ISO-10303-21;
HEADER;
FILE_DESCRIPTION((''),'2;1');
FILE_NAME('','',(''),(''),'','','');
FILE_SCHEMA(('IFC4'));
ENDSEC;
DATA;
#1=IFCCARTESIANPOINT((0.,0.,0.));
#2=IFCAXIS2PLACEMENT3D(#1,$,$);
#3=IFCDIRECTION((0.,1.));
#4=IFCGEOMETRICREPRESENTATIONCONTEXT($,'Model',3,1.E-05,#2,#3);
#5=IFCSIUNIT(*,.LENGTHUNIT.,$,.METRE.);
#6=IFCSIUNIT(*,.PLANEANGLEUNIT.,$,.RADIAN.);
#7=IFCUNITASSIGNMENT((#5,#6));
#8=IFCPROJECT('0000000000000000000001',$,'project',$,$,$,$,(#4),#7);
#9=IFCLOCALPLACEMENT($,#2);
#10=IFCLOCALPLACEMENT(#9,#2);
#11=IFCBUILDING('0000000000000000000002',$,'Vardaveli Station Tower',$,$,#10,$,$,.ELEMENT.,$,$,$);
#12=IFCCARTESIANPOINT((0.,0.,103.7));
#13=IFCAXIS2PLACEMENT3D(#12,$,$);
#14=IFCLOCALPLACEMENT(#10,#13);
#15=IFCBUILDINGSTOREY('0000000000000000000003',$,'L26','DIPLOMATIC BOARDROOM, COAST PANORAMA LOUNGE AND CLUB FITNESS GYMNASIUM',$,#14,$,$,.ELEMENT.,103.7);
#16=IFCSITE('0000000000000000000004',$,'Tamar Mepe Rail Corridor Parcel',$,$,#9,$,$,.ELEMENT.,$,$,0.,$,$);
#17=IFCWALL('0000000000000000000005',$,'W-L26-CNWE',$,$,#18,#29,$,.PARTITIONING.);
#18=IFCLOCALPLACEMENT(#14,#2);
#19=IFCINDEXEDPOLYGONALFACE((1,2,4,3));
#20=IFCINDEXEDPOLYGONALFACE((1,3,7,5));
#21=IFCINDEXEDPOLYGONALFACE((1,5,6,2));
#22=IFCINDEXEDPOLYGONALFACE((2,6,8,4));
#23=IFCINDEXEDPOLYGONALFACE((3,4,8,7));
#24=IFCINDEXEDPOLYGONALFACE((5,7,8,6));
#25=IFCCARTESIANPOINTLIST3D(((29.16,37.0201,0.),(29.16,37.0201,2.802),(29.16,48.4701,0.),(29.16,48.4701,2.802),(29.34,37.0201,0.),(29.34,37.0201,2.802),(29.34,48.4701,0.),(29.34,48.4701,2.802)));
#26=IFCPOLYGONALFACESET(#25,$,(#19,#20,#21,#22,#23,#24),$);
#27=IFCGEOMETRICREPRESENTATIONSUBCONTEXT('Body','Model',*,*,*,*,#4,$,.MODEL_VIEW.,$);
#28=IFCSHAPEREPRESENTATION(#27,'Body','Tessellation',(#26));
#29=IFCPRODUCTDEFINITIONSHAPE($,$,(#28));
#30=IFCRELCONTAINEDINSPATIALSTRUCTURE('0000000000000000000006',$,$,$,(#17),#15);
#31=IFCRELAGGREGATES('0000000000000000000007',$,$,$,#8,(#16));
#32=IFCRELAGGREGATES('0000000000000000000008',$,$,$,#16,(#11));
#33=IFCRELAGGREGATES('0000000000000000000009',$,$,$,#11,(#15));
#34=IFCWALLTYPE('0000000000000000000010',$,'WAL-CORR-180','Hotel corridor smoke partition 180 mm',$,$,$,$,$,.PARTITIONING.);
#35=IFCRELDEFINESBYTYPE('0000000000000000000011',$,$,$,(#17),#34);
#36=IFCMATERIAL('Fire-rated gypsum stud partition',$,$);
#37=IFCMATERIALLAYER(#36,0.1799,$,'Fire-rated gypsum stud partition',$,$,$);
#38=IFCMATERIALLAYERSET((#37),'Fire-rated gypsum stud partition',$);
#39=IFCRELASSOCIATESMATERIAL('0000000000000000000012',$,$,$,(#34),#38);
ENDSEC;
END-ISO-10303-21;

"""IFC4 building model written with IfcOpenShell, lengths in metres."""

from ifc_helpers import new_model, si_unit, direction, frame, frame_2d, origin, place, context, subcontext, project, spatial, rectangle, extrude, source, transform, mapped, material, layer, layer_set, type_object, element, save


model = new_model("IFC4")

# Units and contexts
model_context = context("Model", 3, precision=1e-05, world=origin(), true_north=direction((0.0, 1.0)))
body_context = subcontext(model_context, "Body", "Model", "MODEL_VIEW")
ifc_project = project(units=[si_unit("LENGTHUNIT", "METRE"), si_unit("PLANEANGLEUNIT", "RADIAN")], contexts=[model_context])

# Site, building, storey
site_placement = place(None, origin())
site = spatial("IfcSite", under=ifc_project, at=site_placement, Name="Tamar Mepe Rail Corridor Parcel", CompositionType="ELEMENT", RefElevation=0.0)
building_placement = place(site_placement, origin())
building = spatial("IfcBuilding", under=site, at=building_placement, Name="Vardaveli Station Tower", CompositionType="ELEMENT")
storey_placement = place(building_placement, frame((0.0, 0.0, 103.7)))
storey = spatial("IfcBuildingStorey", under=building, at=storey_placement, Name="L26", Description="DIPLOMATIC BOARDROOM, COAST PANORAMA LOUNGE AND CLUB FITNESS GYMNASIUM", CompositionType="ELEMENT", Elevation=103.7)

# Shared definitions
ifc_material_1 = material(Name="Fire-rated gypsum stud partition")
ifc_layer_1 = layer(ifc_material_1, 0.1799, Name="Fire-rated gypsum stud partition")
ifc_layer_set_1 = layer_set([ifc_layer_1], Name="Fire-rated gypsum stud partition")
wall_type_1 = type_object("IfcWallType", Name="WAL-CORR-180", Description="Hotel corridor smoke partition 180 mm", PredefinedType="PARTITIONING", material=ifc_layer_set_1)

# Wall
shared_shape_1 = source(origin(), body_context, "Body", "SweptSolid", [
    extrude(rectangle(XDim=11.45, YDim=0.1799, at=frame_2d((5.7251, 0.0))), origin(), (0.0, 0.0, 1.0), 2.802),
])
wall_1_placement = place(storey_placement, frame((29.25, 37.02, 0.0), z_axis=(0.0, 0.0, 1.0), x_axis=(0.0, 1.0, 0.0)))
element("IfcWall", 1, at=wall_1_placement, inside=storey, type_object=wall_type_1, Name="W-L26-CNWE", PredefinedType="PARTITIONING", context=body_context, shape_type="MappedRepresentation", body=[
    mapped(shared_shape_1, transform((0.0, 0.0, 0.0), scale=1.0)),
])

save(model, "model.ifc")
